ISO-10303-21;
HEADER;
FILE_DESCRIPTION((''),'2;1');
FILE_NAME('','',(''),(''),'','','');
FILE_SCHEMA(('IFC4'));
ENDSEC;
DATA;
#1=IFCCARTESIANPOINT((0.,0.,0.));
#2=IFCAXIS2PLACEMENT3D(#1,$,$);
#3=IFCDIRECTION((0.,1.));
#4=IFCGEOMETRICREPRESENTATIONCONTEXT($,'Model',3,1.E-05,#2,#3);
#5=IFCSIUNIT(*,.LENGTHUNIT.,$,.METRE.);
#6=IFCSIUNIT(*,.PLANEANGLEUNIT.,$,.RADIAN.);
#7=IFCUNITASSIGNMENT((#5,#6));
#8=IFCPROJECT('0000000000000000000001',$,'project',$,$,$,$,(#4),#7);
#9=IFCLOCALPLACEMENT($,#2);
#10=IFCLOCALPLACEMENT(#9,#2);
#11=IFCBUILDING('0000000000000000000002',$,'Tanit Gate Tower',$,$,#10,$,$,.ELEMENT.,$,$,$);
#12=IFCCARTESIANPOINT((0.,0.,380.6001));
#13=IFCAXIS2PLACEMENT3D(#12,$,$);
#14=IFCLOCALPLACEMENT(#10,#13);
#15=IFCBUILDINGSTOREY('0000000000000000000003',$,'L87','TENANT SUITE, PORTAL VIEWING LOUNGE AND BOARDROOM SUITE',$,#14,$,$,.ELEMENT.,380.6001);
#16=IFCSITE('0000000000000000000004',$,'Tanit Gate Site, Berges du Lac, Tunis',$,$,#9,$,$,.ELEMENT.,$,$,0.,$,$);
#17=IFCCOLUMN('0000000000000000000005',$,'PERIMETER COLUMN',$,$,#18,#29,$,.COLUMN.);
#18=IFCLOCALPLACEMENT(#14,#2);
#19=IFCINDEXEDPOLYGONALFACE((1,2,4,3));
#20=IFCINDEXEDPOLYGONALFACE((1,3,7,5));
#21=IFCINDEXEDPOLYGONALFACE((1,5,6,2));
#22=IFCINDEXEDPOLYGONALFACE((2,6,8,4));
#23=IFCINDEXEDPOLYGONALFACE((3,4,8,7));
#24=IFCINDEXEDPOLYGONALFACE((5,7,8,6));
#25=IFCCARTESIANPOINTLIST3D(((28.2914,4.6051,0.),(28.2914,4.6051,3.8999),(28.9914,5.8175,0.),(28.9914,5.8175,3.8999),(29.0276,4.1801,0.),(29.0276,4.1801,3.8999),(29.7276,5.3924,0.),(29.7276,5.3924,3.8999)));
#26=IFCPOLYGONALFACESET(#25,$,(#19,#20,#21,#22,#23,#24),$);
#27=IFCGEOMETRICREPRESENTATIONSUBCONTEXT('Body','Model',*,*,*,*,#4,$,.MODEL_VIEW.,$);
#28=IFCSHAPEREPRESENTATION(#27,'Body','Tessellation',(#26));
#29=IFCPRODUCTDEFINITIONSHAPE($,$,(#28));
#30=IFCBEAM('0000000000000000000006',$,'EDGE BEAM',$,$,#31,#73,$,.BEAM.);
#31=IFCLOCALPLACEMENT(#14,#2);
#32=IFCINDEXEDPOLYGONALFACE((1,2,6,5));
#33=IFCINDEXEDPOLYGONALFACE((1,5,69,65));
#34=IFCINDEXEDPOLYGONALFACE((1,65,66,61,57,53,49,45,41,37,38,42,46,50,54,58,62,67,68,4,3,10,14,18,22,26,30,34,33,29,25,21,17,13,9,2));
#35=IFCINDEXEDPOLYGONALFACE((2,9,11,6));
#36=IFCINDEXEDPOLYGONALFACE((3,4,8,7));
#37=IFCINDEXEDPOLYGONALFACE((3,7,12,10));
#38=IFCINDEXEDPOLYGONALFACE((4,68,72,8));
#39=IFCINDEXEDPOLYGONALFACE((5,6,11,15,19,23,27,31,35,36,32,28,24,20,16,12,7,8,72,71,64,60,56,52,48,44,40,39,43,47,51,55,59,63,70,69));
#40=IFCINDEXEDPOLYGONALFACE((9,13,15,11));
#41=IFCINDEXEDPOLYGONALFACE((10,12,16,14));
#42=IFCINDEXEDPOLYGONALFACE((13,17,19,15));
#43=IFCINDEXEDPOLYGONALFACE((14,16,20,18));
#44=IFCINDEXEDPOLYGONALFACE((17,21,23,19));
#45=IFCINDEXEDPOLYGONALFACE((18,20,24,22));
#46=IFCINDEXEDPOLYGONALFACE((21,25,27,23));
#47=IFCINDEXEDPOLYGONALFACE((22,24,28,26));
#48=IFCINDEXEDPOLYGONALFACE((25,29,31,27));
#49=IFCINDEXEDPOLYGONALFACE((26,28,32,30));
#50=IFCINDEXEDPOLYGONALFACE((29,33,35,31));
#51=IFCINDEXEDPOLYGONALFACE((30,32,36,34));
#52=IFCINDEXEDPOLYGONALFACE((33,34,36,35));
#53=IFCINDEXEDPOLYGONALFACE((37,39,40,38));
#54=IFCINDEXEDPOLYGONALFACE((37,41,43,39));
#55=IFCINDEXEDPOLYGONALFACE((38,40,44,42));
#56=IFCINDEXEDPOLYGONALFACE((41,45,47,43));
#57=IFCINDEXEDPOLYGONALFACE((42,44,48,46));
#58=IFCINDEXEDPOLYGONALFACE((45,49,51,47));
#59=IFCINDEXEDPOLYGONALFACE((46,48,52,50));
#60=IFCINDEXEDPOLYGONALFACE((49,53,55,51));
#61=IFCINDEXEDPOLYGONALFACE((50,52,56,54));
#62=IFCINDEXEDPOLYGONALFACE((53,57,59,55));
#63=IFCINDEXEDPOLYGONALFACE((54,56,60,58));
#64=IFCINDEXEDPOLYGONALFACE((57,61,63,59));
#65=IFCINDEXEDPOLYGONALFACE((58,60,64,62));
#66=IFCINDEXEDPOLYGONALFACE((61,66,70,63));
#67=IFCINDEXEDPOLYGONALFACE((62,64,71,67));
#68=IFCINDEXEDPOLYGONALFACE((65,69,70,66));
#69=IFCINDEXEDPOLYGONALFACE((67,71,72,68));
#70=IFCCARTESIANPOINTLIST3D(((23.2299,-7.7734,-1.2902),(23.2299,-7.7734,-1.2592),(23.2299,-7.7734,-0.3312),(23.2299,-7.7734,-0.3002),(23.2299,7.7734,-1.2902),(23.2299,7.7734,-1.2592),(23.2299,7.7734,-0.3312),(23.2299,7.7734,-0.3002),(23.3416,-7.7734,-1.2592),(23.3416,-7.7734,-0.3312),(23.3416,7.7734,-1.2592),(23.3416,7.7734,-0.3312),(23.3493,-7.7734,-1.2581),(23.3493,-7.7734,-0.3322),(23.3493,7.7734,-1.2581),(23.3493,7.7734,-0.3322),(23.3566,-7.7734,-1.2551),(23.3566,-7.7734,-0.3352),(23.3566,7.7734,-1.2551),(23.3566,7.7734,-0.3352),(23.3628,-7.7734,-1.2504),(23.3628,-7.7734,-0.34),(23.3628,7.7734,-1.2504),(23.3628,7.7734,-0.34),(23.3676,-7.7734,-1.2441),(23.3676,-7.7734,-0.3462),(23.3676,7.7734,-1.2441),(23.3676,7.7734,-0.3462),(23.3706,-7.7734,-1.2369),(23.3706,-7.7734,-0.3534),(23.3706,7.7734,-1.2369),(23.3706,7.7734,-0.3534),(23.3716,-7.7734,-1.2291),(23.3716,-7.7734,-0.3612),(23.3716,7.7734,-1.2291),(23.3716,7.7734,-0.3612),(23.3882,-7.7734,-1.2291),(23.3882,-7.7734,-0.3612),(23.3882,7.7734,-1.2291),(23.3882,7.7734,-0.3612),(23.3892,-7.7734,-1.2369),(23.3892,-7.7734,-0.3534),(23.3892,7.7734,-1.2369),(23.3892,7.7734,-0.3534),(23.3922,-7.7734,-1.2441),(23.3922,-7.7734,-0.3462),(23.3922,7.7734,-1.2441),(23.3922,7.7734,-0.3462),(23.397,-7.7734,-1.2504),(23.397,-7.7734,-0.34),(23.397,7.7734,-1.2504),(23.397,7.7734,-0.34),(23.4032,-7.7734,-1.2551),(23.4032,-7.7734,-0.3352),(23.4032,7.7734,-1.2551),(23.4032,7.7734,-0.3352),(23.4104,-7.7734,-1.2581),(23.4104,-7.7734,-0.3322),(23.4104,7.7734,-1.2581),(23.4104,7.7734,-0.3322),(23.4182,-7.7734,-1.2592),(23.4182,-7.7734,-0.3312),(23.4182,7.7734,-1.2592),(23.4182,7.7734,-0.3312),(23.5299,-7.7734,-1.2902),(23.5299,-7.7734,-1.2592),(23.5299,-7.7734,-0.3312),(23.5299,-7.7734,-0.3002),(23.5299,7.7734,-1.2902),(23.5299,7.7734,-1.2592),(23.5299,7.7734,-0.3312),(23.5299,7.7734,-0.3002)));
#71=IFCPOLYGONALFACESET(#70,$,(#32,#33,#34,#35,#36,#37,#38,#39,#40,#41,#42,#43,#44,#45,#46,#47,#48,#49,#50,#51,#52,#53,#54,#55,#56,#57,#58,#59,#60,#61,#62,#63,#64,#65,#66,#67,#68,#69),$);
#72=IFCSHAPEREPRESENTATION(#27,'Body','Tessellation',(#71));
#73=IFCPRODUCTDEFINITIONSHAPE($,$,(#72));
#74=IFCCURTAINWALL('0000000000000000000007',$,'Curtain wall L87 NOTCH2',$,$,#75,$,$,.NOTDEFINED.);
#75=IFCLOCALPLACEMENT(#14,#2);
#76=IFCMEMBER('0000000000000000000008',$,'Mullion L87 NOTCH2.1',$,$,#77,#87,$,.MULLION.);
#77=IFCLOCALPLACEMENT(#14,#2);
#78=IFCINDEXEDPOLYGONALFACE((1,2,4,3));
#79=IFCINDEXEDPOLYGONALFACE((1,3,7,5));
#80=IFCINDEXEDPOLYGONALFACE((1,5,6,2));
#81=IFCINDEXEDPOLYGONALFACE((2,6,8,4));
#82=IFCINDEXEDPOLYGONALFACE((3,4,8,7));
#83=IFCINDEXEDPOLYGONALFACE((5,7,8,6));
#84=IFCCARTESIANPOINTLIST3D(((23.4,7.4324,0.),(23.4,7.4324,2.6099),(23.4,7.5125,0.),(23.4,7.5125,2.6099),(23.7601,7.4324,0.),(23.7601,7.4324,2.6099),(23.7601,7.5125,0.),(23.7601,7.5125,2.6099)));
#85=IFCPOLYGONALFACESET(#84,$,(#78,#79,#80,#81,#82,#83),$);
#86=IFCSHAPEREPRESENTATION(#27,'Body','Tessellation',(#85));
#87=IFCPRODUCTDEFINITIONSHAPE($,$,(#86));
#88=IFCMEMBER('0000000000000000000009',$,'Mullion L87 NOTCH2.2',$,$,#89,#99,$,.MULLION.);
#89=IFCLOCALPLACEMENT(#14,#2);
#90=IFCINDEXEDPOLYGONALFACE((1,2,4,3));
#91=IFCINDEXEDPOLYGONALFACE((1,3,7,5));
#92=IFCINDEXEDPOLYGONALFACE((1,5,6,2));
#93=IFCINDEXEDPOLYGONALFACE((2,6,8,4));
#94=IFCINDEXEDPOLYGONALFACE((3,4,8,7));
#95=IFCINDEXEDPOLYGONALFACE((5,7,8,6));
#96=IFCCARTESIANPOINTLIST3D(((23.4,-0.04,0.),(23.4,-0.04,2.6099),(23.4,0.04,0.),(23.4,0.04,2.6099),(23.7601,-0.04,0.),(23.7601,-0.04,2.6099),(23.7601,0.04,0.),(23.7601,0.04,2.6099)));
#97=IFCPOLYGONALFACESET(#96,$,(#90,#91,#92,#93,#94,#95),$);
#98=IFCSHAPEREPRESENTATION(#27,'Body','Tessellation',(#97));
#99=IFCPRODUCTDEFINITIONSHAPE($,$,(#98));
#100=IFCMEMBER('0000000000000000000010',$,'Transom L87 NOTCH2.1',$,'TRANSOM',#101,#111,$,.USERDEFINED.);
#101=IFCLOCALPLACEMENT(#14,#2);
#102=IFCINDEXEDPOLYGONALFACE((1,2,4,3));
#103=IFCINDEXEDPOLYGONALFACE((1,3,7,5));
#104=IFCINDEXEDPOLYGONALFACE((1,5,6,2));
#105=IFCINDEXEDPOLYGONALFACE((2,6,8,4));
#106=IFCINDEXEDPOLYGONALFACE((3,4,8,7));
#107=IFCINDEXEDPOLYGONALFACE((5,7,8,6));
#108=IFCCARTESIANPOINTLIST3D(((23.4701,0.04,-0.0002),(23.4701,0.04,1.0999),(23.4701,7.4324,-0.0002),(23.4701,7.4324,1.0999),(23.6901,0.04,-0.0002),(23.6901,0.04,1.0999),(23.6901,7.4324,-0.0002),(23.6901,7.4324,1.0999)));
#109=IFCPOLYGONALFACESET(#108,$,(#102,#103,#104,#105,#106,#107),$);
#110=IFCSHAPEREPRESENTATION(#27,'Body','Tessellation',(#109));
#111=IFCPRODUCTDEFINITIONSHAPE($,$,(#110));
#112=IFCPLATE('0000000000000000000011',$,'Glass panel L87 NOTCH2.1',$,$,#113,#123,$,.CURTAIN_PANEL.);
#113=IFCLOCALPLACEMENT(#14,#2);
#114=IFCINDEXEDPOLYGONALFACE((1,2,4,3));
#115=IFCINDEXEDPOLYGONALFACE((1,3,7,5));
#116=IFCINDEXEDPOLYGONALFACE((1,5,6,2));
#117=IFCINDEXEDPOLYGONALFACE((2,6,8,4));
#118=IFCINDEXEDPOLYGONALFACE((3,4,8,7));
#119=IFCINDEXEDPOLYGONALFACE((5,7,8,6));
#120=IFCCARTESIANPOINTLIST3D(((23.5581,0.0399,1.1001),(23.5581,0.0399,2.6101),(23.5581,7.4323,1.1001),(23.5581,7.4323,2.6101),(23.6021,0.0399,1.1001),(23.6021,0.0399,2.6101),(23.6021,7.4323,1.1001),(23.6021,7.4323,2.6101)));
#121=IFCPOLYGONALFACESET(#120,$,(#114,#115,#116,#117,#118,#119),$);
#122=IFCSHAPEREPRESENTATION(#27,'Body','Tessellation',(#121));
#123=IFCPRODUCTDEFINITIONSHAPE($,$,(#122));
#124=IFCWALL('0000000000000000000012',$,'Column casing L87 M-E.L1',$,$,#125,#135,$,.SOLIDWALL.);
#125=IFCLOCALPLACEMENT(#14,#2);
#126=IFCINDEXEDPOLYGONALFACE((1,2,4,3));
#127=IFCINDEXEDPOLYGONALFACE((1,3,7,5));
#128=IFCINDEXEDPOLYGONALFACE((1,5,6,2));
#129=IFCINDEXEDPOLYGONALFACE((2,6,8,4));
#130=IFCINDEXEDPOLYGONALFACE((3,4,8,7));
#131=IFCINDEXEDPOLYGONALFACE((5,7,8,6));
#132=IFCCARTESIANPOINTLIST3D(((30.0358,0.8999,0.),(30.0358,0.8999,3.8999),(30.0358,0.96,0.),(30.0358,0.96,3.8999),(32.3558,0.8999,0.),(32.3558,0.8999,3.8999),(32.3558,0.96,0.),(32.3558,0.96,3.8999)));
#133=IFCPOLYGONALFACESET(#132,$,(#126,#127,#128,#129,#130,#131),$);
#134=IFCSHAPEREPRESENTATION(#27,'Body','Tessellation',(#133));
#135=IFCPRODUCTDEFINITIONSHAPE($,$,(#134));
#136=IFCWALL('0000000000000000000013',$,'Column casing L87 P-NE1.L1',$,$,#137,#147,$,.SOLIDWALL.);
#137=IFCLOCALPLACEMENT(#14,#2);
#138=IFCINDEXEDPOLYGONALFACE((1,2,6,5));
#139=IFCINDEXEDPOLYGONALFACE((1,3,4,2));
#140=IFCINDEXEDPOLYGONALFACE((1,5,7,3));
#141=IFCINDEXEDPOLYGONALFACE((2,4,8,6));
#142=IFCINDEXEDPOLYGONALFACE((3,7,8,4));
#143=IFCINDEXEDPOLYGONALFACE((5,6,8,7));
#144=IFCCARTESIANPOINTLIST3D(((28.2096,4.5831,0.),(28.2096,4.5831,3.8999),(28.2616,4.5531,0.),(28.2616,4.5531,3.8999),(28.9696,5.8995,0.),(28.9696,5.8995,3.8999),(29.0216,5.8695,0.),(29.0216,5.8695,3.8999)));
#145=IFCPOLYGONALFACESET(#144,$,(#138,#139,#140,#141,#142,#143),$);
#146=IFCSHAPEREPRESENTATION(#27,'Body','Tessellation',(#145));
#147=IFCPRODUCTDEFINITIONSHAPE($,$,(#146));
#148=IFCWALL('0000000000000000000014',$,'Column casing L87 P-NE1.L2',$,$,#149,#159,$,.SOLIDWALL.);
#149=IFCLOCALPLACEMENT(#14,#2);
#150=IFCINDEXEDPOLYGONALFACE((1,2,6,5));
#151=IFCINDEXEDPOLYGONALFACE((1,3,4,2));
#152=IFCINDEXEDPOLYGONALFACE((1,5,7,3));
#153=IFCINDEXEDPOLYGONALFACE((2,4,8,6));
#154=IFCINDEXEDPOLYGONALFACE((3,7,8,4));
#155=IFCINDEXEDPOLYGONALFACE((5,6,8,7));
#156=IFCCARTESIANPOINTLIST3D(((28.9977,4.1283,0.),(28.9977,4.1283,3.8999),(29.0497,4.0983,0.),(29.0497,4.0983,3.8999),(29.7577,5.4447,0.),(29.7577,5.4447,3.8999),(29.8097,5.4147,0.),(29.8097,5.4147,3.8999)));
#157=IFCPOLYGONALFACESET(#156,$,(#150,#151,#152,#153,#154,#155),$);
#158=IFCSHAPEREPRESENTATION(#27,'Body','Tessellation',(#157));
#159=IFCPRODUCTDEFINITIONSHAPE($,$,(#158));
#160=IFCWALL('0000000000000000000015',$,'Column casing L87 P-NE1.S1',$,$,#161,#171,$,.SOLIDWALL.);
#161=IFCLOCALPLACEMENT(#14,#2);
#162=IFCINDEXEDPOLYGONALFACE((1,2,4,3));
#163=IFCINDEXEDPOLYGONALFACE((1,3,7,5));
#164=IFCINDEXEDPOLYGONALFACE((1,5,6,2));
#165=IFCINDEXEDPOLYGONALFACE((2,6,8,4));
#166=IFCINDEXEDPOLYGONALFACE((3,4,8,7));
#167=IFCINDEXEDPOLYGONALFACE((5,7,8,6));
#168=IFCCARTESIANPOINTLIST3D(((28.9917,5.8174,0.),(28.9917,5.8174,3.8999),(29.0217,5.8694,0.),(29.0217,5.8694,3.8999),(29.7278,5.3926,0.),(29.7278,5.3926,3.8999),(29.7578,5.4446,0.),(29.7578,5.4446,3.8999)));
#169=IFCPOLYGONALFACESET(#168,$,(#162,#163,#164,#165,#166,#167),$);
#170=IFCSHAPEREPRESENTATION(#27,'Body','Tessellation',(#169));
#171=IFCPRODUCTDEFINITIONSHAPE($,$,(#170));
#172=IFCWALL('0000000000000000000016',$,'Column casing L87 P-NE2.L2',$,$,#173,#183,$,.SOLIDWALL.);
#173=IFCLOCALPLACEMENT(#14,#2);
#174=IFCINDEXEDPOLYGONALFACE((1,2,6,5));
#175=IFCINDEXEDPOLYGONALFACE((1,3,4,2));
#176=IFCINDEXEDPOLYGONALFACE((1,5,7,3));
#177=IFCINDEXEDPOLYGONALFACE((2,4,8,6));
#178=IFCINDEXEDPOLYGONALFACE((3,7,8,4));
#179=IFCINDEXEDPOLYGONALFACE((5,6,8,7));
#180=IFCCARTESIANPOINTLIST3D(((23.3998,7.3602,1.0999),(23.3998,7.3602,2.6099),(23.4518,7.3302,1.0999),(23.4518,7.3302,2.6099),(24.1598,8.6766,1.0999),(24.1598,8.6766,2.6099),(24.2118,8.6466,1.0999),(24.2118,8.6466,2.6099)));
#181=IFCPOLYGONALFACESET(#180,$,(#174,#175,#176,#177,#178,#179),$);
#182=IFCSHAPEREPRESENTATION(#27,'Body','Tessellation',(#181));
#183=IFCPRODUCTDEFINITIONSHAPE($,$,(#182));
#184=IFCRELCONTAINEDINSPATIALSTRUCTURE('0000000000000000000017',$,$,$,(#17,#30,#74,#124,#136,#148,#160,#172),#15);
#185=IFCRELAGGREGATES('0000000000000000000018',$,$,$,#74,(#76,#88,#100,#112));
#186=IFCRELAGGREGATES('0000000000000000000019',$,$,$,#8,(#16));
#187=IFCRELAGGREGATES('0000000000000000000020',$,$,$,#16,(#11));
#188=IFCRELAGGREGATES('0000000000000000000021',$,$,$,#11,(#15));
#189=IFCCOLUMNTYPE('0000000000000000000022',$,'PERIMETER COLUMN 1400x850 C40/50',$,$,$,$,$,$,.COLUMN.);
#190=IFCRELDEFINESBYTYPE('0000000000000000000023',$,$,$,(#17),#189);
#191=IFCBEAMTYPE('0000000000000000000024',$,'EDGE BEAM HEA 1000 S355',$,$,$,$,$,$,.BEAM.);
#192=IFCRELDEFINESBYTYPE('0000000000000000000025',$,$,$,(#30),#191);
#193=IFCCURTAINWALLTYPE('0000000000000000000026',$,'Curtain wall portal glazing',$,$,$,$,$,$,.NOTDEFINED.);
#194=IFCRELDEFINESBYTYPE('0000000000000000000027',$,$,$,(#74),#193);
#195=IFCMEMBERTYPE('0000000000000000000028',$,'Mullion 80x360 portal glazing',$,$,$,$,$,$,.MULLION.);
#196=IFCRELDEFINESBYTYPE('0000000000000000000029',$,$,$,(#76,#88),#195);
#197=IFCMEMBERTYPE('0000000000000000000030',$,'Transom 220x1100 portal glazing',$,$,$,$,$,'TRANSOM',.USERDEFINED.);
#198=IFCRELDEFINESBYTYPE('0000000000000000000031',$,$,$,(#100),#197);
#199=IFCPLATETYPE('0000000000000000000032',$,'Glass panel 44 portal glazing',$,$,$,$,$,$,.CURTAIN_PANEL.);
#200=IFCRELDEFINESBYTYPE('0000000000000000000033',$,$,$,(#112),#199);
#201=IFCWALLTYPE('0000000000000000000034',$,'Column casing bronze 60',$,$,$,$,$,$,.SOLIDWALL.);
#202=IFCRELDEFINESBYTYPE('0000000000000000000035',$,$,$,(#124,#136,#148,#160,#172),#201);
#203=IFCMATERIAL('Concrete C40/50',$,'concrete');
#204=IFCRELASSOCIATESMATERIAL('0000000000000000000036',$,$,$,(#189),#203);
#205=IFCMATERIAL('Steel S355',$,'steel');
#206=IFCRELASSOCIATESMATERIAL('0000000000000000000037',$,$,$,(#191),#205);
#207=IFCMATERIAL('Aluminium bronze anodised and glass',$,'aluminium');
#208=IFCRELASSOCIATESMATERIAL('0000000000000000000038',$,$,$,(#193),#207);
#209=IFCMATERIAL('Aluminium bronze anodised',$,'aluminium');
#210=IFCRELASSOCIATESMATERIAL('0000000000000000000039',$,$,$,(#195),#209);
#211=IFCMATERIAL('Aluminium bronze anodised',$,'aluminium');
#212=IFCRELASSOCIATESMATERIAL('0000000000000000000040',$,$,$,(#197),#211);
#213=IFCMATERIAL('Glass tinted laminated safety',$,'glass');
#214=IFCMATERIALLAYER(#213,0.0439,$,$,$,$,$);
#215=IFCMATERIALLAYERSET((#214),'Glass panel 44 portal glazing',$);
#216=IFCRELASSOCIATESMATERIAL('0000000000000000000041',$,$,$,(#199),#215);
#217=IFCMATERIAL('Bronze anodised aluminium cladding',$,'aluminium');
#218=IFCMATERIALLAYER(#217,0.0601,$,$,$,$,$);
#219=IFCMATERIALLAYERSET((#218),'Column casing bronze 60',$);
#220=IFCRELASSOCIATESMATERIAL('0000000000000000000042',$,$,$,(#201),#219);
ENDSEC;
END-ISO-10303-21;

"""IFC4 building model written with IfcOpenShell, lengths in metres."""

from ifc_helpers import new_model, si_unit, direction, frame, frame_2d, origin, origin_2d, place, context, subcontext, project, spatial, rectangle, i_section, extrude, material, layer, layer_set, material_profile, profile_set, type_object, element, aggregate, save


model = new_model("IFC4")

# Units and contexts
model_context = context("Model", 3, precision=1e-05, world=origin(), true_north=direction((0.0, 1.0)))
body_context = subcontext(model_context, "Body", "Model", "MODEL_VIEW")
ifc_project = project(units=[si_unit("LENGTHUNIT", "METRE"), si_unit("PLANEANGLEUNIT", "RADIAN")], contexts=[model_context])

# Site, building, storey
site_placement = place(None, origin())
site = spatial("IfcSite", under=ifc_project, at=site_placement, Name="Tanit Gate Site, Berges du Lac, Tunis", CompositionType="ELEMENT", RefElevation=0.0)
building_placement = place(site_placement, origin())
building = spatial("IfcBuilding", under=site, at=building_placement, Name="Tanit Gate Tower", CompositionType="ELEMENT")
storey_placement = place(building_placement, frame((0.0, 0.0, 380.6001)))
storey = spatial("IfcBuildingStorey", under=building, at=storey_placement, Name="L87", Description="TENANT SUITE, PORTAL VIEWING LOUNGE AND BOARDROOM SUITE", CompositionType="ELEMENT", Elevation=380.6001)

# Column
ifc_material_1 = material(Name="Concrete C40/50", Category="concrete")
ifc_material_profile_1 = material_profile(ifc_material_1, rectangle(XDim=1.3999, YDim=0.8501, at=origin_2d()), Name="RC 1400x850")
ifc_profile_set_1 = profile_set([ifc_material_profile_1], Name="Concrete C40/50")
column_type = type_object("IfcColumnType", Name="PERIMETER COLUMN 1400x850 C40/50", PredefinedType="COLUMN", material=ifc_profile_set_1)
column_placement = place(storey_placement, frame((29.0095, 4.9988, 0.0), z_axis=(0.0, 0.0, 1.0), x_axis=(0.5, 0.866025, 0.0)))
element("IfcColumn", 1, at=column_placement, inside=storey, type_object=column_type, Name="PERIMETER COLUMN", PredefinedType="COLUMN", context=body_context, shape_type="SweptSolid", body=[
    extrude(rectangle(XDim=1.3999, YDim=0.8501, at=origin_2d()), origin(), (0.0, 0.0, 1.0), 3.8999),
])

# Beam
ifc_material_2 = material(Name="Steel S355", Category="steel")
ifc_material_profile_2 = material_profile(ifc_material_2, i_section(OverallWidth=0.3, OverallDepth=0.99, WebThickness=0.0166, FlangeThickness=0.031, FilletRadius=0.03, at=origin_2d()), Name="HEA 1000")
ifc_profile_set_2 = profile_set([ifc_material_profile_2], Name="Steel S355")
beam_type = type_object("IfcBeamType", Name="EDGE BEAM HEA 1000 S355", PredefinedType="BEAM", material=ifc_profile_set_2)
beam_placement = place(storey_placement, frame((23.3799, 7.7734, -0.7952), z_axis=(0.0, -1.0, 0.0), x_axis=(1.0, 0.0, 0.0)))
element("IfcBeam", 2, at=beam_placement, inside=storey, type_object=beam_type, Name="EDGE BEAM", PredefinedType="BEAM", context=body_context, shape_type="SweptSolid", body=[
    extrude(i_section(OverallWidth=0.3, OverallDepth=0.99, WebThickness=0.0166, FlangeThickness=0.031, FilletRadius=0.03, at=origin_2d()), origin(), (0.0, 0.0, 1.0), 15.5469),
])

# Curtain wall, members, plate
ifc_material_3 = material(Name="Aluminium bronze anodised and glass", Category="aluminium")
curtain_wall_type = type_object("IfcCurtainWallType", Name="Curtain wall portal glazing", PredefinedType="NOTDEFINED", material=ifc_material_3)
curtain_wall_placement = place(storey_placement, origin())
curtain_wall = element("IfcCurtainWall", 3, at=curtain_wall_placement, inside=storey, type_object=curtain_wall_type, Name="Curtain wall L87 NOTCH2", PredefinedType="NOTDEFINED")
ifc_material_4 = material(Name="Aluminium bronze anodised", Category="aluminium")
ifc_material_profile_3 = material_profile(ifc_material_4, rectangle(XDim=0.3601, YDim=0.0801, at=origin_2d()), Name="80x360 bronze mullion")
ifc_profile_set_3 = profile_set([ifc_material_profile_3], Name="Aluminium bronze anodised")
member_type_1 = type_object("IfcMemberType", Name="Mullion 80x360 portal glazing", PredefinedType="MULLION", material=ifc_profile_set_3)
member_1_placement = place(storey_placement, frame((23.5801, 7.4724, 0.0), z_axis=(0.0, 0.0, 1.0), x_axis=(1.0, 0.0, 0.0)))
member_1 = element("IfcMember", 4, at=member_1_placement, type_object=member_type_1, Name="Mullion L87 NOTCH2.1", PredefinedType="MULLION", context=body_context, shape_type="SweptSolid", body=[
    extrude(rectangle(XDim=0.3601, YDim=0.0801, at=origin_2d()), origin(), (0.0, 0.0, 1.0), 2.6099),
])
member_2_placement = place(storey_placement, frame((23.5801, 0.0, 0.0), z_axis=(0.0, 0.0, 1.0), x_axis=(1.0, 0.0, 0.0)))
member_2 = element("IfcMember", 5, at=member_2_placement, type_object=member_type_1, Name="Mullion L87 NOTCH2.2", PredefinedType="MULLION", context=body_context, shape_type="SweptSolid", body=[
    extrude(rectangle(XDim=0.3601, YDim=0.0801, at=origin_2d()), origin(), (0.0, 0.0, 1.0), 2.6099),
])
ifc_material_5 = material(Name="Aluminium bronze anodised", Category="aluminium")
ifc_material_profile_4 = material_profile(ifc_material_5, rectangle(XDim=0.22, YDim=1.1001, at=origin_2d()), Name="220x1100 bronze transom")
ifc_profile_set_4 = profile_set([ifc_material_profile_4], Name="Aluminium bronze anodised")
member_type_2 = type_object("IfcMemberType", Name="Transom 220x1100 portal glazing", ElementType="TRANSOM", PredefinedType="USERDEFINED", material=ifc_profile_set_4)
member_3_placement = place(storey_placement, frame((23.5801, 7.4324, 0.5498), z_axis=(0.0, -1.0, 0.0), x_axis=(1.0, 0.0, 0.0)))
member_3 = element("IfcMember", 6, at=member_3_placement, type_object=member_type_2, Name="Transom L87 NOTCH2.1", ObjectType="TRANSOM", PredefinedType="USERDEFINED", context=body_context, shape_type="SweptSolid", body=[
    extrude(rectangle(XDim=0.22, YDim=1.1001, at=origin_2d()), origin(), (0.0, 0.0, 1.0), 7.3923),
])
ifc_material_6 = material(Name="Glass tinted laminated safety", Category="glass")
ifc_layer_1 = layer(ifc_material_6, 0.0439)
ifc_layer_set_1 = layer_set([ifc_layer_1], Name="Glass panel 44 portal glazing")
plate_type = type_object("IfcPlateType", Name="Glass panel 44 portal glazing", PredefinedType="CURTAIN_PANEL", material=ifc_layer_set_1)
plate_placement = place(storey_placement, frame((23.5801, 3.7361, 1.1001), z_axis=(0.0, 0.0, 1.0), x_axis=(0.0, -1.0, 0.0)))
plate = element("IfcPlate", 7, at=plate_placement, type_object=plate_type, Name="Glass panel L87 NOTCH2.1", PredefinedType="CURTAIN_PANEL", context=body_context, shape_type="SweptSolid", body=[
    extrude(rectangle(XDim=7.3923, YDim=0.0439, at=origin_2d()), origin(), (0.0, 0.0, 1.0), 1.51),
])
aggregate(curtain_wall, [member_1, member_2, member_3, plate])

# Walls
ifc_material_7 = material(Name="Bronze anodised aluminium cladding", Category="aluminium")
ifc_layer_2 = layer(ifc_material_7, 0.0601)
ifc_layer_set_2 = layer_set([ifc_layer_2], Name="Column casing bronze 60")
wall_type_1 = type_object("IfcWallType", Name="Column casing bronze 60", PredefinedType="SOLIDWALL", material=ifc_layer_set_2)
wall_1_placement = place(storey_placement, frame((30.0356, 0.9299, 0.0), z_axis=(0.0, 0.0, 1.0), x_axis=(1.0, 0.0, 0.0)))
element("IfcWall", 8, at=wall_1_placement, inside=storey, type_object=wall_type_1, Name="Column casing L87 M-E.L1", PredefinedType="SOLIDWALL", context=body_context, shape_type="SweptSolid", body=[
    extrude(rectangle(XDim=2.3201, YDim=0.0601, at=frame_2d((1.1602, 0.0))), origin(), (0.0, 0.0, 1.0), 3.8999),
])
for number, where, z_axis, x_axis, name in (
    (9, (28.2356, 4.5681, 0.0), (0.0, 0.0, 1.0), (0.499991, 0.86603, 0.0), "Column casing L87 P-NE1.L1"),
    (10, (29.0237, 4.1133, 0.0), (0.0, 0.0, 1.0), (0.499991, 0.86603, 0.0), "Column casing L87 P-NE1.L2"),
):
    element("IfcWall", number, at=place(storey_placement, frame(where, z_axis=z_axis, x_axis=x_axis)), inside=storey, type_object=wall_type_1, Name=name, PredefinedType="SOLIDWALL", context=body_context, shape_type="SweptSolid", body=[
        extrude(rectangle(XDim=1.52, YDim=0.0601, at=frame_2d((0.76, 0.0))), origin(), (0.0, 0.0, 1.0), 3.8999),
    ])
wall_2_placement = place(storey_placement, frame((29.7427, 5.4187, 0.0), z_axis=(0.0, 0.0, 1.0), x_axis=(-0.866114, 0.499847, 0.0)))
element("IfcWall", 11, at=wall_2_placement, inside=storey, type_object=wall_type_1, Name="Column casing L87 P-NE1.S1", PredefinedType="SOLIDWALL", context=body_context, shape_type="SweptSolid", body=[
    extrude(rectangle(XDim=0.8499, YDim=0.0601, at=frame_2d((0.4248, 0.0))), origin(), (0.0, 0.0, 1.0), 3.8999),
])
wall_3_placement = place(storey_placement, frame((23.4258, 7.3452, 1.0999), z_axis=(0.0, 0.0, 1.0), x_axis=(0.499991, 0.86603, 0.0)))
element("IfcWall", 12, at=wall_3_placement, inside=storey, type_object=wall_type_1, Name="Column casing L87 P-NE2.L2", PredefinedType="SOLIDWALL", context=body_context, shape_type="SweptSolid", body=[
    extrude(rectangle(XDim=1.52, YDim=0.0601, at=frame_2d((0.76, 0.0))), origin(), (0.0, 0.0, 1.0), 1.51),
])

save(model, "model.ifc")
